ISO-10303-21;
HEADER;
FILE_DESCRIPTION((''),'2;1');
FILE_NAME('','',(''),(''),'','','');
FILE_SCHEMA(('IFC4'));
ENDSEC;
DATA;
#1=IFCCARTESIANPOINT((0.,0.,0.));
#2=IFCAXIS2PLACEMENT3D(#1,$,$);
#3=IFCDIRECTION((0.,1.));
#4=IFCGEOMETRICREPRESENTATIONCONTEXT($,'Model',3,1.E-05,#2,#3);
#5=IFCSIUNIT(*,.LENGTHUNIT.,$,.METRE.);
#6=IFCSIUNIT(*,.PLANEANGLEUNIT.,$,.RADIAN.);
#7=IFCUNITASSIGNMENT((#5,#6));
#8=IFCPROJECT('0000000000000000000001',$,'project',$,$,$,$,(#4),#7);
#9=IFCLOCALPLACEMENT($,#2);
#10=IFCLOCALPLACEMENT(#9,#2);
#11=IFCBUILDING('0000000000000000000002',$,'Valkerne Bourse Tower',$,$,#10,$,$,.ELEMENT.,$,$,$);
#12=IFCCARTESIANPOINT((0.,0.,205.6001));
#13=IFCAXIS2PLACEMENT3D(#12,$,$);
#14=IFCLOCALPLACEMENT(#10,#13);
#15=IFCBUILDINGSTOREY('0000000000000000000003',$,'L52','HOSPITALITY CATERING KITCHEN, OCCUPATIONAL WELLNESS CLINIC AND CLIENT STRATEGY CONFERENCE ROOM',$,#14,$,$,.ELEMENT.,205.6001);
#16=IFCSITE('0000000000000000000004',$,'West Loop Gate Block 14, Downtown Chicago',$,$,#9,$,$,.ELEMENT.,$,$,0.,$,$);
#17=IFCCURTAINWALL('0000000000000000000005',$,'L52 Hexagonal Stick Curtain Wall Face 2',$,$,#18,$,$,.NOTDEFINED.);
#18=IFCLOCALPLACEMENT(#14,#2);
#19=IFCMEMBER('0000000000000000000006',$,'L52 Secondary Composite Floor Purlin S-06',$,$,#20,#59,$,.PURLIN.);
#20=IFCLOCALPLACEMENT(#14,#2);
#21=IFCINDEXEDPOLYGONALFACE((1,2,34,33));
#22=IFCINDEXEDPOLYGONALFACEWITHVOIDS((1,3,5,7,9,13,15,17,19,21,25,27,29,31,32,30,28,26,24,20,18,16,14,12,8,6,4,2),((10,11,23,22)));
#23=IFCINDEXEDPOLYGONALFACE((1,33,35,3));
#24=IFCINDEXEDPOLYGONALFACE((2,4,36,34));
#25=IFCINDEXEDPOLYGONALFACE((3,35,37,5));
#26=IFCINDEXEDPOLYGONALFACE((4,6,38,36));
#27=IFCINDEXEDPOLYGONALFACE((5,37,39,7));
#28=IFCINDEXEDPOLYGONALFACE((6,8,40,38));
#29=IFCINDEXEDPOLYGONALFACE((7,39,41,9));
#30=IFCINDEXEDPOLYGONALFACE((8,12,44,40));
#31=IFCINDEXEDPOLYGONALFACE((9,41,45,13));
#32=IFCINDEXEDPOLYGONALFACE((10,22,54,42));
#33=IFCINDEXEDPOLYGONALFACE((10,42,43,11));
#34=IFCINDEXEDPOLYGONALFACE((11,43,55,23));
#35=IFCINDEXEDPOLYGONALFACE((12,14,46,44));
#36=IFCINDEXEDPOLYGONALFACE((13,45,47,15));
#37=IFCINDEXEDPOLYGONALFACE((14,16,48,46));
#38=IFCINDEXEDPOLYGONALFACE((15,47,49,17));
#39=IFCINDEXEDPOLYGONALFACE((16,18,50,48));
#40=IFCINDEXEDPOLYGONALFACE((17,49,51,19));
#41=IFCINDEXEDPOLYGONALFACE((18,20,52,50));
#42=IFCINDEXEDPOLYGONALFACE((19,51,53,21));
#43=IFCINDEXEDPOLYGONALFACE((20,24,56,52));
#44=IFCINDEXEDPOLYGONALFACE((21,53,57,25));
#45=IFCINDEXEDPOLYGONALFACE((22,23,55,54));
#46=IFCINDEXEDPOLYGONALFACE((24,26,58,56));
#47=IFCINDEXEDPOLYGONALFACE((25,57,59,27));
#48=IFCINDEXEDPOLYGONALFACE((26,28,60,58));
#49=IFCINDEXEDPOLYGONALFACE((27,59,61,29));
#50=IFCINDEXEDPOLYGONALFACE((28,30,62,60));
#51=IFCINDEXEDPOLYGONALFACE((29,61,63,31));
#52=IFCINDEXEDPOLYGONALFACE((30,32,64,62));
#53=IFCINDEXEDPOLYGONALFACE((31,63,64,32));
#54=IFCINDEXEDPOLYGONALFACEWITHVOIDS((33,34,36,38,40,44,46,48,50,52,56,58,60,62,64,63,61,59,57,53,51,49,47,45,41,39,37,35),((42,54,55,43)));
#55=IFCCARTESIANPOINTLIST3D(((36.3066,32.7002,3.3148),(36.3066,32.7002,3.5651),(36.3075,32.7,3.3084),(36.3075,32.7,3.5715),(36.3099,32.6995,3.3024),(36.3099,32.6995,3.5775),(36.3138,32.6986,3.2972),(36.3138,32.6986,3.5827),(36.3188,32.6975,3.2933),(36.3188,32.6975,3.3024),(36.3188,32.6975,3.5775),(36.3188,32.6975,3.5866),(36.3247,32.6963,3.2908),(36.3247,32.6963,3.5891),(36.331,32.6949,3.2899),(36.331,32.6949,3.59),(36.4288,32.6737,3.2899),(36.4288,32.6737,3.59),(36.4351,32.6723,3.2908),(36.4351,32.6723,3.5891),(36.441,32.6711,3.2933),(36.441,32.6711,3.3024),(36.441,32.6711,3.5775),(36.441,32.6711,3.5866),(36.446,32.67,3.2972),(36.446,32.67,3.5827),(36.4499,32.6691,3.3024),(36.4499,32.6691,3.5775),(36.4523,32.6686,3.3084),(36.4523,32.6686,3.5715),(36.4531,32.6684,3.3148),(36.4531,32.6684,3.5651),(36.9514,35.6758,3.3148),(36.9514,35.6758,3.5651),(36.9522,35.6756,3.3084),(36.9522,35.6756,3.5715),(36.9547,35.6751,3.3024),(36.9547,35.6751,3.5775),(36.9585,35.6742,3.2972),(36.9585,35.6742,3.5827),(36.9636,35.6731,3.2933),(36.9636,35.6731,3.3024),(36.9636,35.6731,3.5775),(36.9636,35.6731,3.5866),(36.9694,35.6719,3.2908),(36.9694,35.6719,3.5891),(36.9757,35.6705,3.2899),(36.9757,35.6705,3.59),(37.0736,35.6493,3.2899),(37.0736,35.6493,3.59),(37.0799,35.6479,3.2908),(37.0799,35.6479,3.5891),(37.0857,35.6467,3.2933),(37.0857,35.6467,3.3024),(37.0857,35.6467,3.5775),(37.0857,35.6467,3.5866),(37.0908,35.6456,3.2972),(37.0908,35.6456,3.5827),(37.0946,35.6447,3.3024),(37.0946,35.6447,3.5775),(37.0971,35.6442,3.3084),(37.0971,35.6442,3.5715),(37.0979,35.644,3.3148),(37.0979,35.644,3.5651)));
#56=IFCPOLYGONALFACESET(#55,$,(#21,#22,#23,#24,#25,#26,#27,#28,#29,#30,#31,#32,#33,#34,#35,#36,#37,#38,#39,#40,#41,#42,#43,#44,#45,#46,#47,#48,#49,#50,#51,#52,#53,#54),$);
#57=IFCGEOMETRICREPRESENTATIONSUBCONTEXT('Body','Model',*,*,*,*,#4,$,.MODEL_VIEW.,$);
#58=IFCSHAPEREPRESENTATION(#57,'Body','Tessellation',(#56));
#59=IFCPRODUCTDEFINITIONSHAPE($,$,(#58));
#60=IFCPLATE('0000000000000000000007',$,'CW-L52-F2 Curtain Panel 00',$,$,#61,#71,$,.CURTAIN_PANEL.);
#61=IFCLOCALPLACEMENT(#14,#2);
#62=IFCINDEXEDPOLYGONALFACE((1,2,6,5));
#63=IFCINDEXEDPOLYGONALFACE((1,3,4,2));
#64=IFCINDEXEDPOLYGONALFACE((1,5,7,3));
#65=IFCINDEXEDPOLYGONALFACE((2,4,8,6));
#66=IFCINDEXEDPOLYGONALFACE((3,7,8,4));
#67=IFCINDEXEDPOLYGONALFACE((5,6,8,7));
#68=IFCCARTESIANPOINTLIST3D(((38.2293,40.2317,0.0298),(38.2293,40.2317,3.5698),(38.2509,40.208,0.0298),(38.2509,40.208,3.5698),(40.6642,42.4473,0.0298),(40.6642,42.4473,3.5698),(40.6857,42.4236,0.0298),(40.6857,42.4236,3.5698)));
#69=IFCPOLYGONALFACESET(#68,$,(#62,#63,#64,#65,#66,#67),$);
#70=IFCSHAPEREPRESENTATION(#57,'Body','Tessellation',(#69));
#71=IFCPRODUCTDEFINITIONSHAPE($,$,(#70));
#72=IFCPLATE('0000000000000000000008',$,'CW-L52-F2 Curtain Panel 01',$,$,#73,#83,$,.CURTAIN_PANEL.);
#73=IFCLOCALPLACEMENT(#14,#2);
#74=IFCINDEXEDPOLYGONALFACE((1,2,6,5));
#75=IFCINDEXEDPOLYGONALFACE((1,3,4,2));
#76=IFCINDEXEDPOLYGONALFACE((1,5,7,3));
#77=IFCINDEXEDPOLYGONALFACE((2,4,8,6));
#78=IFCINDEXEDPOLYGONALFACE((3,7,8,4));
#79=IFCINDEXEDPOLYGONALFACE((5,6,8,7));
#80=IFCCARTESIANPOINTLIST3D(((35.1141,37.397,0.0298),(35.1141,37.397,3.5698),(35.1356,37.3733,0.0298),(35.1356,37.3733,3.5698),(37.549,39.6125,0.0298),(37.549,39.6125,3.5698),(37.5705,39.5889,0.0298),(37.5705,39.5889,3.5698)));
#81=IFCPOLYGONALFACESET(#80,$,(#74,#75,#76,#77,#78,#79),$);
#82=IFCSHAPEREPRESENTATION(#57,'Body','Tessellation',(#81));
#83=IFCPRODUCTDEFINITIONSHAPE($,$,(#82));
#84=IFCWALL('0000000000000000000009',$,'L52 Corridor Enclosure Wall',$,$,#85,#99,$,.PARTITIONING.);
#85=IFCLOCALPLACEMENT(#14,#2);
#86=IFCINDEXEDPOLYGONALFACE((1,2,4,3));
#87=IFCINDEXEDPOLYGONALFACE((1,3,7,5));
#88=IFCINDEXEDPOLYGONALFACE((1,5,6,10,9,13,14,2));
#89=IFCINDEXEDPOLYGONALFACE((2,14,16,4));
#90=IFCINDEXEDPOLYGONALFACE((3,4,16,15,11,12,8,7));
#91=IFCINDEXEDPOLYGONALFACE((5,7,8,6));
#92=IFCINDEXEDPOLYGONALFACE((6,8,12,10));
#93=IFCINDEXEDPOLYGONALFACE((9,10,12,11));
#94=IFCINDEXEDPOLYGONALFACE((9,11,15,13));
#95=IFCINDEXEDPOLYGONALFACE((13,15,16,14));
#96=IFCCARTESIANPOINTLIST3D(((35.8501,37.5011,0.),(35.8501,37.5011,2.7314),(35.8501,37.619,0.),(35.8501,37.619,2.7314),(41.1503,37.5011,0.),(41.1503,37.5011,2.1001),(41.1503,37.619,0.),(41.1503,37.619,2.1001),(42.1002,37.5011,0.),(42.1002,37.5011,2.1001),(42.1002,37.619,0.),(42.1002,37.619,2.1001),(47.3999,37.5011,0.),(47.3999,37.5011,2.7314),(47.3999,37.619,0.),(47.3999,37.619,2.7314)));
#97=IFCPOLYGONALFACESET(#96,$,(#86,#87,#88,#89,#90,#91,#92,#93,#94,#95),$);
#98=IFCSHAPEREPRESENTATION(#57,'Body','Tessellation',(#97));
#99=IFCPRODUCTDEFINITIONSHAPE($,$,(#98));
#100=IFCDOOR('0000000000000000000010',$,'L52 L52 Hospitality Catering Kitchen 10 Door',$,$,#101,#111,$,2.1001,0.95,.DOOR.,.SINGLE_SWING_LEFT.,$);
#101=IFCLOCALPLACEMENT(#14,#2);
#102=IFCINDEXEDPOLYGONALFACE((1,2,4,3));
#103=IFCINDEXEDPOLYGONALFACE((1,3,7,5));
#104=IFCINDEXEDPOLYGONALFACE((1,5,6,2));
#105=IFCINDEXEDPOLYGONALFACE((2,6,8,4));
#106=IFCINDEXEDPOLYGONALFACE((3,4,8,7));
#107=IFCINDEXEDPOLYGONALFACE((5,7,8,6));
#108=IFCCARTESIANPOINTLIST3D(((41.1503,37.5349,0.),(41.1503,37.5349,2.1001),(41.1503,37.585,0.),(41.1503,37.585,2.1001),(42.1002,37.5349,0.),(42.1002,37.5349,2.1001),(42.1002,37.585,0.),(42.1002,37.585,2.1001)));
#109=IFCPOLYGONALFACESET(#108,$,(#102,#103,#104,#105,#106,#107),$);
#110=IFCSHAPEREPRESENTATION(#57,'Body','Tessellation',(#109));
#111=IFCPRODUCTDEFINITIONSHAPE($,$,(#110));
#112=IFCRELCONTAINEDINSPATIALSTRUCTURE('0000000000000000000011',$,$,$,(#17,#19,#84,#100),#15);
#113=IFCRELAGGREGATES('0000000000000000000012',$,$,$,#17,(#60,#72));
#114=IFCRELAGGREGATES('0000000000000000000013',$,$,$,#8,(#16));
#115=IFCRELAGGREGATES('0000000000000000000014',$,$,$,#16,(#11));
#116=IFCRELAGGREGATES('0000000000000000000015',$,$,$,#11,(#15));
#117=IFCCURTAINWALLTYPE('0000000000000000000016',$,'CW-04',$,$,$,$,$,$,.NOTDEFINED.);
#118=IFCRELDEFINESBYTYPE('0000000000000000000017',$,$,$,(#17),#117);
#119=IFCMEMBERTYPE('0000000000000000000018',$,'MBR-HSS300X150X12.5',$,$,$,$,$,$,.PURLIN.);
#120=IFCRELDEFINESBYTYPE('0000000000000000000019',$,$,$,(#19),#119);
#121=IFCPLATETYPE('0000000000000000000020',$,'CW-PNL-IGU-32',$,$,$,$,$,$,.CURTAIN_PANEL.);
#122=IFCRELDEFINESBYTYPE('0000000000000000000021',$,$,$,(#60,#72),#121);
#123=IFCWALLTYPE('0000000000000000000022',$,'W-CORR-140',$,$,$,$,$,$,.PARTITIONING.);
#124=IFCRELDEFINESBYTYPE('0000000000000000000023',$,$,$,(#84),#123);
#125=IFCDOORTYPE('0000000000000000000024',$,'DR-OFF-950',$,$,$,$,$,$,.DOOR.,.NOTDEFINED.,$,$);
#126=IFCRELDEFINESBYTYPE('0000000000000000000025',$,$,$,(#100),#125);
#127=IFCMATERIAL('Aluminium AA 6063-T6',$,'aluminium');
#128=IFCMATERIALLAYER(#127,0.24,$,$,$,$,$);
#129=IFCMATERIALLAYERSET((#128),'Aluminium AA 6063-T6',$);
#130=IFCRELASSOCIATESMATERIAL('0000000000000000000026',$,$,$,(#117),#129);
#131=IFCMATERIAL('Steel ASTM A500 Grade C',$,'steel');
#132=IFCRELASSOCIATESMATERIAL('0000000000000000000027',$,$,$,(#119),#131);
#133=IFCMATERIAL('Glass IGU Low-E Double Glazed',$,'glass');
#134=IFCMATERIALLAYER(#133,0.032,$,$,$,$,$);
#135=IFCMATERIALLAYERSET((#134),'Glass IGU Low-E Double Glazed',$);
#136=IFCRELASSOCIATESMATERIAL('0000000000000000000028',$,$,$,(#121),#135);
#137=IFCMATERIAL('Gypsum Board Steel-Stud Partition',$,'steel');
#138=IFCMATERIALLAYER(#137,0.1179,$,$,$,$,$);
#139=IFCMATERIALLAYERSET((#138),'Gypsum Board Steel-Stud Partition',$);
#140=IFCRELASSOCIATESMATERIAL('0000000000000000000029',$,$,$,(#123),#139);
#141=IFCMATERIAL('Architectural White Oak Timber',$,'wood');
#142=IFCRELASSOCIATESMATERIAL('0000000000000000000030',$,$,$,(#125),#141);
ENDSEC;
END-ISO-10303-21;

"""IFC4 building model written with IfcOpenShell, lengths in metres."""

from ifc_helpers import new_model, si_unit, direction, frame, frame_2d, origin, origin_2d, place, context, subcontext, project, spatial, rectangle, hollow_rectangle, extrude, material, layer, layer_set, material_profile, profile_set, type_object, element, fill, aggregate, save


model = new_model("IFC4")

# Units and contexts
model_context = context("Model", 3, precision=1e-05, world=origin(), true_north=direction((0.0, 1.0)))
body_context = subcontext(model_context, "Body", "Model", "MODEL_VIEW")
ifc_project = project(units=[si_unit("LENGTHUNIT", "METRE"), si_unit("PLANEANGLEUNIT", "RADIAN")], contexts=[model_context])

# Site, building, storey
site_placement = place(None, origin())
site = spatial("IfcSite", under=ifc_project, at=site_placement, Name="West Loop Gate Block 14, Downtown Chicago", CompositionType="ELEMENT", RefElevation=0.0)
building_placement = place(site_placement, origin())
building = spatial("IfcBuilding", under=site, at=building_placement, Name="Valkerne Bourse Tower", CompositionType="ELEMENT")
storey_placement = place(building_placement, frame((0.0, 0.0, 205.6001)))
storey = spatial("IfcBuildingStorey", under=building, at=storey_placement, Name="L52", Description="HOSPITALITY CATERING KITCHEN, OCCUPATIONAL WELLNESS CLINIC AND CLIENT STRATEGY CONFERENCE ROOM", CompositionType="ELEMENT", Elevation=205.6001)

# Curtain wall
ifc_material_1 = material(Name="Aluminium AA 6063-T6", Category="aluminium")
ifc_layer_1 = layer(ifc_material_1, 0.24)
ifc_layer_set_1 = layer_set([ifc_layer_1], Name="Aluminium AA 6063-T6")
curtain_wall_type = type_object("IfcCurtainWallType", Name="CW-04", PredefinedType="NOTDEFINED", material=ifc_layer_set_1)
curtain_wall_placement = place(storey_placement, origin())
curtain_wall = element("IfcCurtainWall", 1, at=curtain_wall_placement, inside=storey, type_object=curtain_wall_type, Name="L52 Hexagonal Stick Curtain Wall Face 2", PredefinedType="NOTDEFINED")

# Member
ifc_material_2 = material(Name="Steel ASTM A500 Grade C", Category="steel")
ifc_material_profile_1 = material_profile(ifc_material_2, hollow_rectangle(XDim=0.1499, YDim=0.3, WallThickness=0.0125, OuterFilletRadius=0.0249, at=origin_2d()), Name="HSS300X150X12.5")
ifc_profile_set_1 = profile_set([ifc_material_profile_1], Name="Steel ASTM A500 Grade C")
member_type_1 = type_object("IfcMemberType", Name="MBR-HSS300X150X12.5", PredefinedType="PURLIN", material=ifc_profile_set_1)
member_1_placement = place(storey_placement, frame((37.0247, 35.6599, 3.4399), z_axis=(-0.211774, -0.977319, 0.0), x_axis=(0.977319, -0.211774, 0.0)))
element("IfcMember", 2, at=member_1_placement, inside=storey, type_object=member_type_1, Name="L52 Secondary Composite Floor Purlin S-06", PredefinedType="PURLIN", context=body_context, shape_type="SweptSolid", body=[
    extrude(hollow_rectangle(XDim=0.1499, YDim=0.3, WallThickness=0.0125, OuterFilletRadius=0.0249, at=origin_2d()), origin(), (0.0, 0.0, 1.0), 3.0447),
])

# Plates
ifc_material_3 = material(Name="Glass IGU Low-E Double Glazed", Category="glass")
ifc_layer_2 = layer(ifc_material_3, 0.032)
ifc_layer_set_2 = layer_set([ifc_layer_2], Name="Glass IGU Low-E Double Glazed")
plate_type = type_object("IfcPlateType", Name="CW-PNL-IGU-32", PredefinedType="CURTAIN_PANEL", material=ifc_layer_set_2)
plate_1_placement = place(storey_placement, frame((39.4575, 41.3276, 0.0298), z_axis=(0.0, 0.0, 1.0), x_axis=(-0.73962, -0.673025, 0.0)))
plate_1 = element("IfcPlate", 3, at=plate_1_placement, type_object=plate_type, Name="CW-L52-F2 Curtain Panel 00", PredefinedType="CURTAIN_PANEL", context=body_context, shape_type="SweptSolid", body=[
    extrude(rectangle(XDim=3.292, YDim=0.032, at=origin_2d()), origin(), (0.0, 0.0, 1.0), 3.54),
])
plate_2_placement = place(storey_placement, frame((36.3423, 38.4929, 0.0298), z_axis=(0.0, 0.0, 1.0), x_axis=(-0.739632, -0.673012, 0.0)))
plate_2 = element("IfcPlate", 4, at=plate_2_placement, type_object=plate_type, Name="CW-L52-F2 Curtain Panel 01", PredefinedType="CURTAIN_PANEL", context=body_context, shape_type="SweptSolid", body=[
    extrude(rectangle(XDim=3.292, YDim=0.032, at=origin_2d()), origin(), (0.0, 0.0, 1.0), 3.54),
])
aggregate(curtain_wall, [plate_1, plate_2])

# Wall, opening, door
ifc_material_4 = material(Name="Gypsum Board Steel-Stud Partition", Category="steel")
ifc_layer_3 = layer(ifc_material_4, 0.1179)
ifc_layer_set_3 = layer_set([ifc_layer_3], Name="Gypsum Board Steel-Stud Partition")
wall_type = type_object("IfcWallType", Name="W-CORR-140", PredefinedType="PARTITIONING", material=ifc_layer_set_3)
wall_placement = place(storey_placement, frame((35.8501, 37.5601, 0.0), z_axis=(0.0, 0.0, 1.0), x_axis=(1.0, 0.0, 0.0)))
wall = element("IfcWall", 5, at=wall_placement, inside=storey, type_object=wall_type, Name="L52 Corridor Enclosure Wall", PredefinedType="PARTITIONING", context=body_context, shape_type="SweptSolid", body=[
    extrude(rectangle(XDim=11.5498, YDim=0.1179, at=frame_2d((5.7749, 0.0))), origin(), (0.0, 0.0, 1.0), 2.7314),
])
opening_placement = place(wall_placement, frame((5.3, 0.0, 0.0)))
opening = element("IfcOpeningElement", 6, at=opening_placement, cuts=wall, PredefinedType="OPENING", context=body_context, shape_type="SweptSolid", body=[
    extrude(rectangle(XDim=0.95, YDim=2.1001, at=frame_2d((0.4751, 1.05))), frame((0.0, 0.0688, 0.0), z_axis=(0.0, -1.0, 0.0), x_axis=(1.0, 0.0, 0.0)), (0.0, 0.0, 1.0), 0.1379),
])
ifc_material_5 = material(Name="Architectural White Oak Timber", Category="wood")
door_type = type_object("IfcDoorType", Name="DR-OFF-950", OperationType="NOTDEFINED", PredefinedType="DOOR", material=ifc_material_5)
door_placement = place(opening_placement, origin())
door = element("IfcDoor", 7, at=door_placement, inside=storey, type_object=door_type, Name="L52 L52 Hospitality Catering Kitchen 10 Door", OperationType="SINGLE_SWING_LEFT", OverallHeight=2.1001, OverallWidth=0.95, PredefinedType="DOOR", context=body_context, shape_type="SweptSolid", body=[
    extrude(rectangle(XDim=0.95, YDim=2.1001, at=frame_2d((0.4751, 1.05))), frame((0.0, 0.0249, 0.0), z_axis=(0.0, -1.0, 0.0), x_axis=(1.0, 0.0, 0.0)), (0.0, 0.0, 1.0), 0.05),
])
fill(opening, door)

save(model, "model.ifc")
